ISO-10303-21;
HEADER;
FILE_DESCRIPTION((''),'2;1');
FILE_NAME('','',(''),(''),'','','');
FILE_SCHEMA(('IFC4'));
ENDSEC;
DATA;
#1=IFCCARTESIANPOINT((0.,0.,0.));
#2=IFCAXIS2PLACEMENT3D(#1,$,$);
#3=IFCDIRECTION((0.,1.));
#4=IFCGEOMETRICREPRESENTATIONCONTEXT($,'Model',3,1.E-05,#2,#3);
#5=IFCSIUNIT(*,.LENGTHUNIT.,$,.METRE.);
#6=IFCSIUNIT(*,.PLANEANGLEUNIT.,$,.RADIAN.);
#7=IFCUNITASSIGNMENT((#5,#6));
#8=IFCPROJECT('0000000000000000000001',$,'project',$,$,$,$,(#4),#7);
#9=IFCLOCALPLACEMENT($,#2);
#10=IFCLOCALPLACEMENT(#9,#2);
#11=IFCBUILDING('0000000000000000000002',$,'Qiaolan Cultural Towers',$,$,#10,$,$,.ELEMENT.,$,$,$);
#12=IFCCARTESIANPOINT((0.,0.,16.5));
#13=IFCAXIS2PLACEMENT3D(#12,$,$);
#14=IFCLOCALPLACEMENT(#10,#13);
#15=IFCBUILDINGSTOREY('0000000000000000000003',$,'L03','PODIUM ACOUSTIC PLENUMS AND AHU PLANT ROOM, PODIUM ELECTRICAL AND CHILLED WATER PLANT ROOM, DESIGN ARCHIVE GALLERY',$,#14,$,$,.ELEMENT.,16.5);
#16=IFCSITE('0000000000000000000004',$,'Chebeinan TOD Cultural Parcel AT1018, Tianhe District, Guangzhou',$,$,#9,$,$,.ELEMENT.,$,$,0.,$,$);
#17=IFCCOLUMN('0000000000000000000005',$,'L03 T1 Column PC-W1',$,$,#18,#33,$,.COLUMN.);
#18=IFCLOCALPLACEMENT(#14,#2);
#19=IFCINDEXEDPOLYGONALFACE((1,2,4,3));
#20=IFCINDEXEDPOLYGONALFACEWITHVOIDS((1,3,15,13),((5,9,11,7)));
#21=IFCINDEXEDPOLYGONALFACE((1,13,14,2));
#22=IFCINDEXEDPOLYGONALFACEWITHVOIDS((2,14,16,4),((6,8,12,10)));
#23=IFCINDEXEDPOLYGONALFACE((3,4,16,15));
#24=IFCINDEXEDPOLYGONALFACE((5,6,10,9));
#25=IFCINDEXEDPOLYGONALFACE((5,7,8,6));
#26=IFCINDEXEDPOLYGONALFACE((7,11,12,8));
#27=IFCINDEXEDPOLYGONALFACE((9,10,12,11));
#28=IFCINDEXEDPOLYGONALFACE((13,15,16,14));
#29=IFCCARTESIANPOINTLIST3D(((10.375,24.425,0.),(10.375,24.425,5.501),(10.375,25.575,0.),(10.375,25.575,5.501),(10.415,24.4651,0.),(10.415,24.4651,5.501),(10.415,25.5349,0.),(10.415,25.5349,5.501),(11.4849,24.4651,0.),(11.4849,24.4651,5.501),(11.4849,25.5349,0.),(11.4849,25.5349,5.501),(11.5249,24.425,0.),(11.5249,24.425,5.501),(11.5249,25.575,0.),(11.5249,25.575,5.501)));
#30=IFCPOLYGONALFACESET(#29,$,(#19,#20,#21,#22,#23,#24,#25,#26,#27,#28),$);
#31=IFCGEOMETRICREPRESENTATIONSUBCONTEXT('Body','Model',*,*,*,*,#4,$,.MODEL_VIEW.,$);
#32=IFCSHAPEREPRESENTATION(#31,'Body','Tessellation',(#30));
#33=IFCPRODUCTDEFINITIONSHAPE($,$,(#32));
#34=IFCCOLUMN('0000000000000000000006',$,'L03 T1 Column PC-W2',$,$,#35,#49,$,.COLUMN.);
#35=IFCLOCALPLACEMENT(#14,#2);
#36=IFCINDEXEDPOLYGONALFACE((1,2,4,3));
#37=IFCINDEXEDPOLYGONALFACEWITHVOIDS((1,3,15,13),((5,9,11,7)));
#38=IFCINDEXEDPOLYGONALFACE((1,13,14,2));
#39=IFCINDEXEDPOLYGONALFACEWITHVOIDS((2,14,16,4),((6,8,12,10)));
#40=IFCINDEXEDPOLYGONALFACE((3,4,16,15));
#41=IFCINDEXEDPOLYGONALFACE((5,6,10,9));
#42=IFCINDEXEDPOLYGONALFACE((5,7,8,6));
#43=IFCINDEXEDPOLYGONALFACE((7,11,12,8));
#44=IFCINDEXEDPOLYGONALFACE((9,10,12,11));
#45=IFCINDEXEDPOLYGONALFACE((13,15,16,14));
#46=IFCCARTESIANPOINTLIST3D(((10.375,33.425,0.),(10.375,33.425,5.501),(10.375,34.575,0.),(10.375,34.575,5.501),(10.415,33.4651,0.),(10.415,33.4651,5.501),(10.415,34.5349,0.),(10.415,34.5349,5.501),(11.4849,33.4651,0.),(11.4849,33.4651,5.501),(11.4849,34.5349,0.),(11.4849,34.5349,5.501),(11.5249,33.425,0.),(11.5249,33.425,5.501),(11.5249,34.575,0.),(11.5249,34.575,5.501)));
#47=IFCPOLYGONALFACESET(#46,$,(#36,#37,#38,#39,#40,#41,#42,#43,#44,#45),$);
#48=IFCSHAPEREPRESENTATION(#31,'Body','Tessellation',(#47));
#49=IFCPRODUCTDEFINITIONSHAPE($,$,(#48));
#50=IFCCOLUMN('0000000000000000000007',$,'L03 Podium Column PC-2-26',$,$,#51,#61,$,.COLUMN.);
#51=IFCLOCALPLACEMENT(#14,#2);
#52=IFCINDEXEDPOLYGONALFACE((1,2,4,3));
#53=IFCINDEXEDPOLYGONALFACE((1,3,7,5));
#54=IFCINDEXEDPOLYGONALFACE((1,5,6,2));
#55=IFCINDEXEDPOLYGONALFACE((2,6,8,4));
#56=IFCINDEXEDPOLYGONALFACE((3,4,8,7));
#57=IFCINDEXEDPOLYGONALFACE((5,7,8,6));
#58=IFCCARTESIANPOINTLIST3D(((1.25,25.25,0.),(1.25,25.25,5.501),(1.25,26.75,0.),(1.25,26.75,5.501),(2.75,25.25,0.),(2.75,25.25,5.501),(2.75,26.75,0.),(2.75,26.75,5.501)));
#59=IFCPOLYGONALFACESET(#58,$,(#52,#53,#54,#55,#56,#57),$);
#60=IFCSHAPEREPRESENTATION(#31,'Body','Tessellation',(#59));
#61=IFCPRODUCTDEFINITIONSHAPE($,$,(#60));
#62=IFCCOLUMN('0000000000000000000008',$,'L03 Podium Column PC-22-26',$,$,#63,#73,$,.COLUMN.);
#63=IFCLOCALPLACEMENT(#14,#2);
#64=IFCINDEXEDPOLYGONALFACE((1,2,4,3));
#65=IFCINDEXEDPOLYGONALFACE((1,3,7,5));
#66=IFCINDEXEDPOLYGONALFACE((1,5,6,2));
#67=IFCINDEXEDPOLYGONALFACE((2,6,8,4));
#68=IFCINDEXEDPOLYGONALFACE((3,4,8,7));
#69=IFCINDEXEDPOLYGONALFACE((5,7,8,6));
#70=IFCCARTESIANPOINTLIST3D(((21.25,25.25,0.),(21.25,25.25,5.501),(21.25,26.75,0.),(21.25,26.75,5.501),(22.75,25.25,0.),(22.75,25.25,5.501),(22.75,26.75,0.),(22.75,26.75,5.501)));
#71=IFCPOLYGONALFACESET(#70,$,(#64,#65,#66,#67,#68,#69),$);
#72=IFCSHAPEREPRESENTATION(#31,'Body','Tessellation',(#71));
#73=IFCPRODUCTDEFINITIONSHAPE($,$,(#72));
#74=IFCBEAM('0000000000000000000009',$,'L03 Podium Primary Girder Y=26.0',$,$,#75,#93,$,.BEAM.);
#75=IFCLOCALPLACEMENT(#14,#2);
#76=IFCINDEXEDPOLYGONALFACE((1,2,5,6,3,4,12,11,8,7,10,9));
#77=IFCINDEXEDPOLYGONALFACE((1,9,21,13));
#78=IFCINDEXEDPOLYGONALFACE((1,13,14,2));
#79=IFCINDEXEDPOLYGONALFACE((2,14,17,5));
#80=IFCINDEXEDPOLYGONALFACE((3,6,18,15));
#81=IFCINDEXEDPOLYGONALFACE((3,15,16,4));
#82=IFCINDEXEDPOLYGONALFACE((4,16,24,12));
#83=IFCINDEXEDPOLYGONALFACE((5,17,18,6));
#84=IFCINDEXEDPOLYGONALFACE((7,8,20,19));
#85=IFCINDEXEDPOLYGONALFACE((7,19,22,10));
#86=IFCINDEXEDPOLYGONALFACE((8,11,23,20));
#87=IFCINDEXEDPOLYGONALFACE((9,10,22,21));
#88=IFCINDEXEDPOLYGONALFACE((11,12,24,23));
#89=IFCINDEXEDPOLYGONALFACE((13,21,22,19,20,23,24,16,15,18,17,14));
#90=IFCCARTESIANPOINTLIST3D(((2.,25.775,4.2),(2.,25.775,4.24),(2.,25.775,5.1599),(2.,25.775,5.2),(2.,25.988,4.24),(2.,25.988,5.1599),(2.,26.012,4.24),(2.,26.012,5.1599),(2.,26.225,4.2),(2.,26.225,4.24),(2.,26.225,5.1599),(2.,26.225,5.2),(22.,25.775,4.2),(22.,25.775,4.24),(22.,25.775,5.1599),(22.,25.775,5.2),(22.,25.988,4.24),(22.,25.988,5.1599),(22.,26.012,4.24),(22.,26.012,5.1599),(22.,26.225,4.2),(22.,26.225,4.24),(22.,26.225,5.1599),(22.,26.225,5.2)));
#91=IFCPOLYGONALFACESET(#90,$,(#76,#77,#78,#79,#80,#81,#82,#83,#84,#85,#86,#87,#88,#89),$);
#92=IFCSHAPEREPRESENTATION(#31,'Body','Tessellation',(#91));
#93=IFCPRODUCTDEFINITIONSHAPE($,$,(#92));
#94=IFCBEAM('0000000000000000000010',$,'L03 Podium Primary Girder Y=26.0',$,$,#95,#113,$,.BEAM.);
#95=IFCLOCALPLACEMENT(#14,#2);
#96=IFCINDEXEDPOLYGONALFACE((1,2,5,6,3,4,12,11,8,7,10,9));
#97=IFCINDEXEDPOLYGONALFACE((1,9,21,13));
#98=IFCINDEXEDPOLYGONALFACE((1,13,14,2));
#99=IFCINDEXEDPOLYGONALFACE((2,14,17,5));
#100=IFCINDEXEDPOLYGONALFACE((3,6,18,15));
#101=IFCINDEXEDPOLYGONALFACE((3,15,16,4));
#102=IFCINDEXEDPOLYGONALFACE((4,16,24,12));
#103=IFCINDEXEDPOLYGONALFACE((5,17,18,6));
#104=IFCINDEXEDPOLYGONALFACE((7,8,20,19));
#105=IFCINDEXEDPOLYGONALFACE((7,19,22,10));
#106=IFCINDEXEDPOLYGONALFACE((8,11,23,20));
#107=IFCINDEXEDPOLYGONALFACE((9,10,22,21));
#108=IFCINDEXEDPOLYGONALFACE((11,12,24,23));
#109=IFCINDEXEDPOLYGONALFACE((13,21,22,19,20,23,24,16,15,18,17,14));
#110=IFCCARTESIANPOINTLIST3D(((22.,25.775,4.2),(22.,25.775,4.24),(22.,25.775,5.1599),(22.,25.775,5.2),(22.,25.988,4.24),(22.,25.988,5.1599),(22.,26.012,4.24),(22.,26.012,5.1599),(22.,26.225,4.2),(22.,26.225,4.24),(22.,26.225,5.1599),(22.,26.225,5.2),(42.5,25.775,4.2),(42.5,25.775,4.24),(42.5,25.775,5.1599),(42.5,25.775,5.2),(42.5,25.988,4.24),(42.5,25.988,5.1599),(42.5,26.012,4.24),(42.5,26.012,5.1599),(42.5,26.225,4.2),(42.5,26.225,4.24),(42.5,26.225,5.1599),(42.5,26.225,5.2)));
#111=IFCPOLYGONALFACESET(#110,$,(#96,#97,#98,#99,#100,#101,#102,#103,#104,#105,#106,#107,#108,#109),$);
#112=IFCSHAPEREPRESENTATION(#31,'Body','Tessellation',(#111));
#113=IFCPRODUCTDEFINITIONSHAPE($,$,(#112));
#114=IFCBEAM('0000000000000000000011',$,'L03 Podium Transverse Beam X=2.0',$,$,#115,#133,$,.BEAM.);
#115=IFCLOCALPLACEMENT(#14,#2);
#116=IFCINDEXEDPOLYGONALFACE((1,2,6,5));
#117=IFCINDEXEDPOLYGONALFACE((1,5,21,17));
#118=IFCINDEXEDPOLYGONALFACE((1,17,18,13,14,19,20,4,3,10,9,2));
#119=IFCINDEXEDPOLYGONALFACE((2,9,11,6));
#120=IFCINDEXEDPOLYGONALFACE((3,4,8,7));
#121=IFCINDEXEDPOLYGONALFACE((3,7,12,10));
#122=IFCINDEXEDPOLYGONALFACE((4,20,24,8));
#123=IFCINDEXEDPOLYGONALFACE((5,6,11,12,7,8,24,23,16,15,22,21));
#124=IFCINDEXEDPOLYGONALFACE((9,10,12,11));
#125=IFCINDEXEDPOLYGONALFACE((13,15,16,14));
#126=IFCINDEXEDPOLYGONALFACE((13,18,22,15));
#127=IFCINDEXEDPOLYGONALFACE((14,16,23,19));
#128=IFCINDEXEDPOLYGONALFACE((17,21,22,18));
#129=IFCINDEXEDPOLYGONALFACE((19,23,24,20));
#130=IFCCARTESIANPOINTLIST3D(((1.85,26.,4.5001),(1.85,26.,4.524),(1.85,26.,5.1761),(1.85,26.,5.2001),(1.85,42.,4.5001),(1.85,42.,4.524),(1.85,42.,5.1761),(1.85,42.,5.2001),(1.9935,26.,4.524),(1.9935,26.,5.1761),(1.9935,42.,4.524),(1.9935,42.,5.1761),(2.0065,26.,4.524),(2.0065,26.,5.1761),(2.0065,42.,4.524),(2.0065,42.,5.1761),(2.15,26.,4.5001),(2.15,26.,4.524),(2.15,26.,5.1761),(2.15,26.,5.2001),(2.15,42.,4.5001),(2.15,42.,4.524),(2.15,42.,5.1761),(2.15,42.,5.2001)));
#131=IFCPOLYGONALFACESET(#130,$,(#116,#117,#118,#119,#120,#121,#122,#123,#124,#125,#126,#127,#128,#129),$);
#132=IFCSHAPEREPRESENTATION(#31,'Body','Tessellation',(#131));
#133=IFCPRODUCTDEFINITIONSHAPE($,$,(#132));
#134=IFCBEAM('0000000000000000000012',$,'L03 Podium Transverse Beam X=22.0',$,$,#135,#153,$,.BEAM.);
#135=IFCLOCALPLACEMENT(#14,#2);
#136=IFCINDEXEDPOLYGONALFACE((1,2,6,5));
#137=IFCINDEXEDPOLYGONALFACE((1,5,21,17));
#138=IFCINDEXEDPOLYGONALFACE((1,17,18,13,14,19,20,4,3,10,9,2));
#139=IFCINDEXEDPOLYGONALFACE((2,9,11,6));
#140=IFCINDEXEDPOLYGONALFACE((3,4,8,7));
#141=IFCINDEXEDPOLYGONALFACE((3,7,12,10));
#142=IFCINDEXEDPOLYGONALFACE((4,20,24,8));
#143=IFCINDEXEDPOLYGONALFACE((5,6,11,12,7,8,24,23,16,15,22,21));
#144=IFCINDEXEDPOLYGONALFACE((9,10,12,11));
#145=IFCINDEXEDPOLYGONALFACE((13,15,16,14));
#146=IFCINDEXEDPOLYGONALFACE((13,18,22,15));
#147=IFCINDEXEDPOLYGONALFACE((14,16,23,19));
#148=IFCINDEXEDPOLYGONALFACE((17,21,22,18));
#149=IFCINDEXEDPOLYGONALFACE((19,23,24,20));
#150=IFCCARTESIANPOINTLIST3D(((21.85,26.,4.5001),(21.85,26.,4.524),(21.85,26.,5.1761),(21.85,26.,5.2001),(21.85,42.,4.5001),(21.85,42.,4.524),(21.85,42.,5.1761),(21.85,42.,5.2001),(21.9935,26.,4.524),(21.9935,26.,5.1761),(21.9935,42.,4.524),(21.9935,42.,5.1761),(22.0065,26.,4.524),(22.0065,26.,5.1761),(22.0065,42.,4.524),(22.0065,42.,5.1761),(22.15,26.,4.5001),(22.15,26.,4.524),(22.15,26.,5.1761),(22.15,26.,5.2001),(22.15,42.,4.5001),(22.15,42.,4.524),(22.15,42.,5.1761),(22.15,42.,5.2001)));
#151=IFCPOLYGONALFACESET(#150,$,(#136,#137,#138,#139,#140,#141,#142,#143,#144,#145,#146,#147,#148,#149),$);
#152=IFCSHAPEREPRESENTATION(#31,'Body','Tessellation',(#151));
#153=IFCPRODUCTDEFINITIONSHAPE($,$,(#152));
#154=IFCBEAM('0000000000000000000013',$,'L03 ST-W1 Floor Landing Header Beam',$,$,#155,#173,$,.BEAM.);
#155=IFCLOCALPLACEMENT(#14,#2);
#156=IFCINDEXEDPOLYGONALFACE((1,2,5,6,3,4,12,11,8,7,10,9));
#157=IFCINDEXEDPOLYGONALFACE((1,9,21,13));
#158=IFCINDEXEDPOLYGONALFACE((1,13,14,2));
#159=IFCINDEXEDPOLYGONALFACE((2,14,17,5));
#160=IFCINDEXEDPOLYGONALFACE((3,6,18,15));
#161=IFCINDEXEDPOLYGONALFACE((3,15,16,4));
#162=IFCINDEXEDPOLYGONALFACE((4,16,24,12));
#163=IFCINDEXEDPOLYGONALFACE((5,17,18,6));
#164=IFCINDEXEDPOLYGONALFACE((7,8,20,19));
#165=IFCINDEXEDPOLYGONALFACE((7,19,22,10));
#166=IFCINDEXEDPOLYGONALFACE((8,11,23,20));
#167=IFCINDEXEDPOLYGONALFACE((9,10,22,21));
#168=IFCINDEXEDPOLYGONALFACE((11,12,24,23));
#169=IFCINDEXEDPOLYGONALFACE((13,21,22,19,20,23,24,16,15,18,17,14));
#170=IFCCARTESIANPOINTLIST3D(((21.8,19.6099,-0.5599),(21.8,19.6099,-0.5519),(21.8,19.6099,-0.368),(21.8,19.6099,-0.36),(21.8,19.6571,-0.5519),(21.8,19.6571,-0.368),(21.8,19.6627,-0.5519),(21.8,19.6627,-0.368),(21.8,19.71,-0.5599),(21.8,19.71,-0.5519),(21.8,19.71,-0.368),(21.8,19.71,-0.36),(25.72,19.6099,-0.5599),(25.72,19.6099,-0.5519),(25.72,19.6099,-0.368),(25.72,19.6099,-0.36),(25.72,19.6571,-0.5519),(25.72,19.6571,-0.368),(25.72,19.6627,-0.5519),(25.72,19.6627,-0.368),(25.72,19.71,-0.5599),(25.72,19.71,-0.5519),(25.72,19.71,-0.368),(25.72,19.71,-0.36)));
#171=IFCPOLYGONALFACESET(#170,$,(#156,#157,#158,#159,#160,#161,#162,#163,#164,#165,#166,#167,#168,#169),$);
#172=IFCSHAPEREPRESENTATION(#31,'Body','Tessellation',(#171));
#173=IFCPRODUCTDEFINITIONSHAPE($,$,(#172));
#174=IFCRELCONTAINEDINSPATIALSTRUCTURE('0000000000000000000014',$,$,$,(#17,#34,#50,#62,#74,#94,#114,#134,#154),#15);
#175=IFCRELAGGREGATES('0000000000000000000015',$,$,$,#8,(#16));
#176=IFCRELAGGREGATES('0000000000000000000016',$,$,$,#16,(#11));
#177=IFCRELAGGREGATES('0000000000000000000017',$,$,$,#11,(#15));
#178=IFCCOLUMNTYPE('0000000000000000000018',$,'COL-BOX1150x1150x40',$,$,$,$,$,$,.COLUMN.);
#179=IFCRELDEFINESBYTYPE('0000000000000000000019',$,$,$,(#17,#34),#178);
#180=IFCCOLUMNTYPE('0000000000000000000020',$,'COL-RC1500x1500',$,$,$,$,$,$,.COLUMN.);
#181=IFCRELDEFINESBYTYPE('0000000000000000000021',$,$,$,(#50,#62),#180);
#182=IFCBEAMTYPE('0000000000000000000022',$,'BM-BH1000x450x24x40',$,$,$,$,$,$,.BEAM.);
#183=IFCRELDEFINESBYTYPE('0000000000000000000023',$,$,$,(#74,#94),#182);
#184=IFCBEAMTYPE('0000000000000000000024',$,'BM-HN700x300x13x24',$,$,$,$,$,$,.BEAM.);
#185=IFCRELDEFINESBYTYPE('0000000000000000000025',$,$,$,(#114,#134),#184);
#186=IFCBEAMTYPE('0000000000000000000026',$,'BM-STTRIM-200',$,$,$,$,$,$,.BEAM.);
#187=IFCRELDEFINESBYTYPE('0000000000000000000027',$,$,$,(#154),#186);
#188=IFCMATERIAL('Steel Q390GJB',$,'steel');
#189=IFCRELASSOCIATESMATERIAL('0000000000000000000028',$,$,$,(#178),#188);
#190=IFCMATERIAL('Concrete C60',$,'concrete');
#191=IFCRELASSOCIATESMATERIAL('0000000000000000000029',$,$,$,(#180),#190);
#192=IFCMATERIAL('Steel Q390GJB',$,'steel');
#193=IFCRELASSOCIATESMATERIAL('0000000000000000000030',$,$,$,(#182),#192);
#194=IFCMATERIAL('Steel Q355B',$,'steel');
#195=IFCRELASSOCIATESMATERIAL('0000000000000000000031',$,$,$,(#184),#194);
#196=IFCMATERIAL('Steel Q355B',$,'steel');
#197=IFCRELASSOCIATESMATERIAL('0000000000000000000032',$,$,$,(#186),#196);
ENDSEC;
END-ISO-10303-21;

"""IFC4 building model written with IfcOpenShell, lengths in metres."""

from ifc_helpers import new_model, si_unit, direction, frame, origin, origin_2d, place, context, subcontext, project, spatial, rectangle, hollow_rectangle, i_section, extrude, material, material_profile, profile_set, type_object, element, save


model = new_model("IFC4")

# Units and contexts
model_context = context("Model", 3, precision=1e-05, world=origin(), true_north=direction((0.0, 1.0)))
body_context = subcontext(model_context, "Body", "Model", "MODEL_VIEW")
ifc_project = project(units=[si_unit("LENGTHUNIT", "METRE"), si_unit("PLANEANGLEUNIT", "RADIAN")], contexts=[model_context])

# Site, building, storey
site_placement = place(None, origin())
site = spatial("IfcSite", under=ifc_project, at=site_placement, Name="Chebeinan TOD Cultural Parcel AT1018, Tianhe District, Guangzhou", CompositionType="ELEMENT", RefElevation=0.0)
building_placement = place(site_placement, origin())
building = spatial("IfcBuilding", under=site, at=building_placement, Name="Qiaolan Cultural Towers", CompositionType="ELEMENT")
storey_placement = place(building_placement, frame((0.0, 0.0, 16.5)))
storey = spatial("IfcBuildingStorey", under=building, at=storey_placement, Name="L03", Description="PODIUM ACOUSTIC PLENUMS AND AHU PLANT ROOM, PODIUM ELECTRICAL AND CHILLED WATER PLANT ROOM, DESIGN ARCHIVE GALLERY", CompositionType="ELEMENT", Elevation=16.5)

# Columns
ifc_material_1 = material(Name="Steel Q390GJB", Category="steel")
ifc_material_profile_1 = material_profile(ifc_material_1, hollow_rectangle(XDim=1.1499, YDim=1.1499, WallThickness=0.04, at=origin_2d()), Name="BOX1150x1150x40")
ifc_profile_set_1 = profile_set([ifc_material_profile_1], Name="Steel Q390GJB")
column_type_1 = type_object("IfcColumnType", Name="COL-BOX1150x1150x40", PredefinedType="COLUMN", material=ifc_profile_set_1)
for number, where, z_axis, x_axis, name in (
    (1, (10.95, 25.0, 0.0), (0.0, 0.0, 1.0), (1.0, 0.0, 0.0), "L03 T1 Column PC-W1"),
    (2, (10.95, 34.0, 0.0), (0.0, 0.0, 1.0), (1.0, 0.0, 0.0), "L03 T1 Column PC-W2"),
):
    element("IfcColumn", number, at=place(storey_placement, frame(where, z_axis=z_axis, x_axis=x_axis)), inside=storey, type_object=column_type_1, Name=name, PredefinedType="COLUMN", context=body_context, shape_type="SweptSolid", body=[
        extrude(hollow_rectangle(XDim=1.1499, YDim=1.1499, WallThickness=0.04, at=origin_2d()), origin(), (0.0, 0.0, 1.0), 5.501),
    ])
ifc_material_2 = material(Name="Concrete C60", Category="concrete")
ifc_material_profile_2 = material_profile(ifc_material_2, rectangle(XDim=1.5, YDim=1.5, at=origin_2d()), Name="RC1500x1500")
ifc_profile_set_2 = profile_set([ifc_material_profile_2], Name="Concrete C60")
column_type_2 = type_object("IfcColumnType", Name="COL-RC1500x1500", PredefinedType="COLUMN", material=ifc_profile_set_2)
for number, where, z_axis, x_axis, name in (
    (3, (2.0, 26.0, 0.0), (0.0, 0.0, 1.0), (1.0, 0.0, 0.0), "L03 Podium Column PC-2-26"),
    (4, (22.0, 26.0, 0.0), (0.0, 0.0, 1.0), (1.0, 0.0, 0.0), "L03 Podium Column PC-22-26"),
):
    element("IfcColumn", number, at=place(storey_placement, frame(where, z_axis=z_axis, x_axis=x_axis)), inside=storey, type_object=column_type_2, Name=name, PredefinedType="COLUMN", context=body_context, shape_type="SweptSolid", body=[
        extrude(rectangle(XDim=1.5, YDim=1.5, at=origin_2d()), origin(), (0.0, 0.0, 1.0), 5.501),
    ])

# Beams
ifc_material_3 = material(Name="Steel Q390GJB", Category="steel")
ifc_material_profile_3 = material_profile(ifc_material_3, i_section(OverallWidth=0.45, OverallDepth=1.0, WebThickness=0.0239, FlangeThickness=0.04, at=origin_2d()), Name="BH1000x450x24x40")
ifc_profile_set_3 = profile_set([ifc_material_profile_3], Name="Steel Q390GJB")
beam_type_1 = type_object("IfcBeamType", Name="BM-BH1000x450x24x40", PredefinedType="BEAM", material=ifc_profile_set_3)
beam_1_placement = place(storey_placement, frame((2.0, 26.0, 4.7), z_axis=(1.0, 0.0, 0.0), x_axis=(0.0, 1.0, 0.0)))
element("IfcBeam", 5, at=beam_1_placement, inside=storey, type_object=beam_type_1, Name="L03 Podium Primary Girder Y=26.0", PredefinedType="BEAM", context=body_context, shape_type="SweptSolid", body=[
    extrude(i_section(OverallWidth=0.45, OverallDepth=1.0, WebThickness=0.0239, FlangeThickness=0.04, at=origin_2d()), origin(), (0.0, 0.0, 1.0), 20.0),
])
beam_2_placement = place(storey_placement, frame((22.0, 26.0, 4.7), z_axis=(1.0, 0.0, 0.0), x_axis=(0.0, 1.0, 0.0)))
element("IfcBeam", 6, at=beam_2_placement, inside=storey, type_object=beam_type_1, Name="L03 Podium Primary Girder Y=26.0", PredefinedType="BEAM", context=body_context, shape_type="SweptSolid", body=[
    extrude(i_section(OverallWidth=0.45, OverallDepth=1.0, WebThickness=0.0239, FlangeThickness=0.04, at=origin_2d()), origin(), (0.0, 0.0, 1.0), 20.5),
])
ifc_material_4 = material(Name="Steel Q355B", Category="steel")
ifc_material_profile_4 = material_profile(ifc_material_4, i_section(OverallWidth=0.3, OverallDepth=0.7, WebThickness=0.0129, FlangeThickness=0.0239, at=origin_2d()), Name="HN700x300x13x24")
ifc_profile_set_4 = profile_set([ifc_material_profile_4], Name="Steel Q355B")
beam_type_2 = type_object("IfcBeamType", Name="BM-HN700x300x13x24", PredefinedType="BEAM", material=ifc_profile_set_4)
for number, where, z_axis, x_axis, name in (
    (7, (2.0, 26.0, 4.8501), (0.0, 1.0, 0.0), (-1.0, 0.0, 0.0), "L03 Podium Transverse Beam X=2.0"),
    (8, (22.0, 26.0, 4.8501), (0.0, 1.0, 0.0), (-1.0, 0.0, 0.0), "L03 Podium Transverse Beam X=22.0"),
):
    element("IfcBeam", number, at=place(storey_placement, frame(where, z_axis=z_axis, x_axis=x_axis)), inside=storey, type_object=beam_type_2, Name=name, PredefinedType="BEAM", context=body_context, shape_type="SweptSolid", body=[
        extrude(i_section(OverallWidth=0.3, OverallDepth=0.7, WebThickness=0.0129, FlangeThickness=0.0239, at=origin_2d()), origin(), (0.0, 0.0, 1.0), 16.0),
    ])
ifc_material_5 = material(Name="Steel Q355B", Category="steel")
ifc_material_profile_5 = material_profile(ifc_material_5, i_section(OverallWidth=0.1001, OverallDepth=0.2, WebThickness=0.0056, FlangeThickness=0.0081, at=origin_2d()), Name="HN200x100x5.5x8")
ifc_profile_set_5 = profile_set([ifc_material_profile_5], Name="Steel Q355B")
beam_type_3 = type_object("IfcBeamType", Name="BM-STTRIM-200", PredefinedType="BEAM", material=ifc_profile_set_5)
beam_3_placement = place(storey_placement, frame((21.8, 19.6599, -0.46), z_axis=(1.0, 0.0, 0.0), x_axis=(0.0, 1.0, 0.0)))
element("IfcBeam", 9, at=beam_3_placement, inside=storey, type_object=beam_type_3, Name="L03 ST-W1 Floor Landing Header Beam", PredefinedType="BEAM", context=body_context, shape_type="SweptSolid", body=[
    extrude(i_section(OverallWidth=0.1001, OverallDepth=0.2, WebThickness=0.0056, FlangeThickness=0.0081, at=origin_2d()), origin(), (0.0, 0.0, 1.0), 3.9199),
])

save(model, "model.ifc")
